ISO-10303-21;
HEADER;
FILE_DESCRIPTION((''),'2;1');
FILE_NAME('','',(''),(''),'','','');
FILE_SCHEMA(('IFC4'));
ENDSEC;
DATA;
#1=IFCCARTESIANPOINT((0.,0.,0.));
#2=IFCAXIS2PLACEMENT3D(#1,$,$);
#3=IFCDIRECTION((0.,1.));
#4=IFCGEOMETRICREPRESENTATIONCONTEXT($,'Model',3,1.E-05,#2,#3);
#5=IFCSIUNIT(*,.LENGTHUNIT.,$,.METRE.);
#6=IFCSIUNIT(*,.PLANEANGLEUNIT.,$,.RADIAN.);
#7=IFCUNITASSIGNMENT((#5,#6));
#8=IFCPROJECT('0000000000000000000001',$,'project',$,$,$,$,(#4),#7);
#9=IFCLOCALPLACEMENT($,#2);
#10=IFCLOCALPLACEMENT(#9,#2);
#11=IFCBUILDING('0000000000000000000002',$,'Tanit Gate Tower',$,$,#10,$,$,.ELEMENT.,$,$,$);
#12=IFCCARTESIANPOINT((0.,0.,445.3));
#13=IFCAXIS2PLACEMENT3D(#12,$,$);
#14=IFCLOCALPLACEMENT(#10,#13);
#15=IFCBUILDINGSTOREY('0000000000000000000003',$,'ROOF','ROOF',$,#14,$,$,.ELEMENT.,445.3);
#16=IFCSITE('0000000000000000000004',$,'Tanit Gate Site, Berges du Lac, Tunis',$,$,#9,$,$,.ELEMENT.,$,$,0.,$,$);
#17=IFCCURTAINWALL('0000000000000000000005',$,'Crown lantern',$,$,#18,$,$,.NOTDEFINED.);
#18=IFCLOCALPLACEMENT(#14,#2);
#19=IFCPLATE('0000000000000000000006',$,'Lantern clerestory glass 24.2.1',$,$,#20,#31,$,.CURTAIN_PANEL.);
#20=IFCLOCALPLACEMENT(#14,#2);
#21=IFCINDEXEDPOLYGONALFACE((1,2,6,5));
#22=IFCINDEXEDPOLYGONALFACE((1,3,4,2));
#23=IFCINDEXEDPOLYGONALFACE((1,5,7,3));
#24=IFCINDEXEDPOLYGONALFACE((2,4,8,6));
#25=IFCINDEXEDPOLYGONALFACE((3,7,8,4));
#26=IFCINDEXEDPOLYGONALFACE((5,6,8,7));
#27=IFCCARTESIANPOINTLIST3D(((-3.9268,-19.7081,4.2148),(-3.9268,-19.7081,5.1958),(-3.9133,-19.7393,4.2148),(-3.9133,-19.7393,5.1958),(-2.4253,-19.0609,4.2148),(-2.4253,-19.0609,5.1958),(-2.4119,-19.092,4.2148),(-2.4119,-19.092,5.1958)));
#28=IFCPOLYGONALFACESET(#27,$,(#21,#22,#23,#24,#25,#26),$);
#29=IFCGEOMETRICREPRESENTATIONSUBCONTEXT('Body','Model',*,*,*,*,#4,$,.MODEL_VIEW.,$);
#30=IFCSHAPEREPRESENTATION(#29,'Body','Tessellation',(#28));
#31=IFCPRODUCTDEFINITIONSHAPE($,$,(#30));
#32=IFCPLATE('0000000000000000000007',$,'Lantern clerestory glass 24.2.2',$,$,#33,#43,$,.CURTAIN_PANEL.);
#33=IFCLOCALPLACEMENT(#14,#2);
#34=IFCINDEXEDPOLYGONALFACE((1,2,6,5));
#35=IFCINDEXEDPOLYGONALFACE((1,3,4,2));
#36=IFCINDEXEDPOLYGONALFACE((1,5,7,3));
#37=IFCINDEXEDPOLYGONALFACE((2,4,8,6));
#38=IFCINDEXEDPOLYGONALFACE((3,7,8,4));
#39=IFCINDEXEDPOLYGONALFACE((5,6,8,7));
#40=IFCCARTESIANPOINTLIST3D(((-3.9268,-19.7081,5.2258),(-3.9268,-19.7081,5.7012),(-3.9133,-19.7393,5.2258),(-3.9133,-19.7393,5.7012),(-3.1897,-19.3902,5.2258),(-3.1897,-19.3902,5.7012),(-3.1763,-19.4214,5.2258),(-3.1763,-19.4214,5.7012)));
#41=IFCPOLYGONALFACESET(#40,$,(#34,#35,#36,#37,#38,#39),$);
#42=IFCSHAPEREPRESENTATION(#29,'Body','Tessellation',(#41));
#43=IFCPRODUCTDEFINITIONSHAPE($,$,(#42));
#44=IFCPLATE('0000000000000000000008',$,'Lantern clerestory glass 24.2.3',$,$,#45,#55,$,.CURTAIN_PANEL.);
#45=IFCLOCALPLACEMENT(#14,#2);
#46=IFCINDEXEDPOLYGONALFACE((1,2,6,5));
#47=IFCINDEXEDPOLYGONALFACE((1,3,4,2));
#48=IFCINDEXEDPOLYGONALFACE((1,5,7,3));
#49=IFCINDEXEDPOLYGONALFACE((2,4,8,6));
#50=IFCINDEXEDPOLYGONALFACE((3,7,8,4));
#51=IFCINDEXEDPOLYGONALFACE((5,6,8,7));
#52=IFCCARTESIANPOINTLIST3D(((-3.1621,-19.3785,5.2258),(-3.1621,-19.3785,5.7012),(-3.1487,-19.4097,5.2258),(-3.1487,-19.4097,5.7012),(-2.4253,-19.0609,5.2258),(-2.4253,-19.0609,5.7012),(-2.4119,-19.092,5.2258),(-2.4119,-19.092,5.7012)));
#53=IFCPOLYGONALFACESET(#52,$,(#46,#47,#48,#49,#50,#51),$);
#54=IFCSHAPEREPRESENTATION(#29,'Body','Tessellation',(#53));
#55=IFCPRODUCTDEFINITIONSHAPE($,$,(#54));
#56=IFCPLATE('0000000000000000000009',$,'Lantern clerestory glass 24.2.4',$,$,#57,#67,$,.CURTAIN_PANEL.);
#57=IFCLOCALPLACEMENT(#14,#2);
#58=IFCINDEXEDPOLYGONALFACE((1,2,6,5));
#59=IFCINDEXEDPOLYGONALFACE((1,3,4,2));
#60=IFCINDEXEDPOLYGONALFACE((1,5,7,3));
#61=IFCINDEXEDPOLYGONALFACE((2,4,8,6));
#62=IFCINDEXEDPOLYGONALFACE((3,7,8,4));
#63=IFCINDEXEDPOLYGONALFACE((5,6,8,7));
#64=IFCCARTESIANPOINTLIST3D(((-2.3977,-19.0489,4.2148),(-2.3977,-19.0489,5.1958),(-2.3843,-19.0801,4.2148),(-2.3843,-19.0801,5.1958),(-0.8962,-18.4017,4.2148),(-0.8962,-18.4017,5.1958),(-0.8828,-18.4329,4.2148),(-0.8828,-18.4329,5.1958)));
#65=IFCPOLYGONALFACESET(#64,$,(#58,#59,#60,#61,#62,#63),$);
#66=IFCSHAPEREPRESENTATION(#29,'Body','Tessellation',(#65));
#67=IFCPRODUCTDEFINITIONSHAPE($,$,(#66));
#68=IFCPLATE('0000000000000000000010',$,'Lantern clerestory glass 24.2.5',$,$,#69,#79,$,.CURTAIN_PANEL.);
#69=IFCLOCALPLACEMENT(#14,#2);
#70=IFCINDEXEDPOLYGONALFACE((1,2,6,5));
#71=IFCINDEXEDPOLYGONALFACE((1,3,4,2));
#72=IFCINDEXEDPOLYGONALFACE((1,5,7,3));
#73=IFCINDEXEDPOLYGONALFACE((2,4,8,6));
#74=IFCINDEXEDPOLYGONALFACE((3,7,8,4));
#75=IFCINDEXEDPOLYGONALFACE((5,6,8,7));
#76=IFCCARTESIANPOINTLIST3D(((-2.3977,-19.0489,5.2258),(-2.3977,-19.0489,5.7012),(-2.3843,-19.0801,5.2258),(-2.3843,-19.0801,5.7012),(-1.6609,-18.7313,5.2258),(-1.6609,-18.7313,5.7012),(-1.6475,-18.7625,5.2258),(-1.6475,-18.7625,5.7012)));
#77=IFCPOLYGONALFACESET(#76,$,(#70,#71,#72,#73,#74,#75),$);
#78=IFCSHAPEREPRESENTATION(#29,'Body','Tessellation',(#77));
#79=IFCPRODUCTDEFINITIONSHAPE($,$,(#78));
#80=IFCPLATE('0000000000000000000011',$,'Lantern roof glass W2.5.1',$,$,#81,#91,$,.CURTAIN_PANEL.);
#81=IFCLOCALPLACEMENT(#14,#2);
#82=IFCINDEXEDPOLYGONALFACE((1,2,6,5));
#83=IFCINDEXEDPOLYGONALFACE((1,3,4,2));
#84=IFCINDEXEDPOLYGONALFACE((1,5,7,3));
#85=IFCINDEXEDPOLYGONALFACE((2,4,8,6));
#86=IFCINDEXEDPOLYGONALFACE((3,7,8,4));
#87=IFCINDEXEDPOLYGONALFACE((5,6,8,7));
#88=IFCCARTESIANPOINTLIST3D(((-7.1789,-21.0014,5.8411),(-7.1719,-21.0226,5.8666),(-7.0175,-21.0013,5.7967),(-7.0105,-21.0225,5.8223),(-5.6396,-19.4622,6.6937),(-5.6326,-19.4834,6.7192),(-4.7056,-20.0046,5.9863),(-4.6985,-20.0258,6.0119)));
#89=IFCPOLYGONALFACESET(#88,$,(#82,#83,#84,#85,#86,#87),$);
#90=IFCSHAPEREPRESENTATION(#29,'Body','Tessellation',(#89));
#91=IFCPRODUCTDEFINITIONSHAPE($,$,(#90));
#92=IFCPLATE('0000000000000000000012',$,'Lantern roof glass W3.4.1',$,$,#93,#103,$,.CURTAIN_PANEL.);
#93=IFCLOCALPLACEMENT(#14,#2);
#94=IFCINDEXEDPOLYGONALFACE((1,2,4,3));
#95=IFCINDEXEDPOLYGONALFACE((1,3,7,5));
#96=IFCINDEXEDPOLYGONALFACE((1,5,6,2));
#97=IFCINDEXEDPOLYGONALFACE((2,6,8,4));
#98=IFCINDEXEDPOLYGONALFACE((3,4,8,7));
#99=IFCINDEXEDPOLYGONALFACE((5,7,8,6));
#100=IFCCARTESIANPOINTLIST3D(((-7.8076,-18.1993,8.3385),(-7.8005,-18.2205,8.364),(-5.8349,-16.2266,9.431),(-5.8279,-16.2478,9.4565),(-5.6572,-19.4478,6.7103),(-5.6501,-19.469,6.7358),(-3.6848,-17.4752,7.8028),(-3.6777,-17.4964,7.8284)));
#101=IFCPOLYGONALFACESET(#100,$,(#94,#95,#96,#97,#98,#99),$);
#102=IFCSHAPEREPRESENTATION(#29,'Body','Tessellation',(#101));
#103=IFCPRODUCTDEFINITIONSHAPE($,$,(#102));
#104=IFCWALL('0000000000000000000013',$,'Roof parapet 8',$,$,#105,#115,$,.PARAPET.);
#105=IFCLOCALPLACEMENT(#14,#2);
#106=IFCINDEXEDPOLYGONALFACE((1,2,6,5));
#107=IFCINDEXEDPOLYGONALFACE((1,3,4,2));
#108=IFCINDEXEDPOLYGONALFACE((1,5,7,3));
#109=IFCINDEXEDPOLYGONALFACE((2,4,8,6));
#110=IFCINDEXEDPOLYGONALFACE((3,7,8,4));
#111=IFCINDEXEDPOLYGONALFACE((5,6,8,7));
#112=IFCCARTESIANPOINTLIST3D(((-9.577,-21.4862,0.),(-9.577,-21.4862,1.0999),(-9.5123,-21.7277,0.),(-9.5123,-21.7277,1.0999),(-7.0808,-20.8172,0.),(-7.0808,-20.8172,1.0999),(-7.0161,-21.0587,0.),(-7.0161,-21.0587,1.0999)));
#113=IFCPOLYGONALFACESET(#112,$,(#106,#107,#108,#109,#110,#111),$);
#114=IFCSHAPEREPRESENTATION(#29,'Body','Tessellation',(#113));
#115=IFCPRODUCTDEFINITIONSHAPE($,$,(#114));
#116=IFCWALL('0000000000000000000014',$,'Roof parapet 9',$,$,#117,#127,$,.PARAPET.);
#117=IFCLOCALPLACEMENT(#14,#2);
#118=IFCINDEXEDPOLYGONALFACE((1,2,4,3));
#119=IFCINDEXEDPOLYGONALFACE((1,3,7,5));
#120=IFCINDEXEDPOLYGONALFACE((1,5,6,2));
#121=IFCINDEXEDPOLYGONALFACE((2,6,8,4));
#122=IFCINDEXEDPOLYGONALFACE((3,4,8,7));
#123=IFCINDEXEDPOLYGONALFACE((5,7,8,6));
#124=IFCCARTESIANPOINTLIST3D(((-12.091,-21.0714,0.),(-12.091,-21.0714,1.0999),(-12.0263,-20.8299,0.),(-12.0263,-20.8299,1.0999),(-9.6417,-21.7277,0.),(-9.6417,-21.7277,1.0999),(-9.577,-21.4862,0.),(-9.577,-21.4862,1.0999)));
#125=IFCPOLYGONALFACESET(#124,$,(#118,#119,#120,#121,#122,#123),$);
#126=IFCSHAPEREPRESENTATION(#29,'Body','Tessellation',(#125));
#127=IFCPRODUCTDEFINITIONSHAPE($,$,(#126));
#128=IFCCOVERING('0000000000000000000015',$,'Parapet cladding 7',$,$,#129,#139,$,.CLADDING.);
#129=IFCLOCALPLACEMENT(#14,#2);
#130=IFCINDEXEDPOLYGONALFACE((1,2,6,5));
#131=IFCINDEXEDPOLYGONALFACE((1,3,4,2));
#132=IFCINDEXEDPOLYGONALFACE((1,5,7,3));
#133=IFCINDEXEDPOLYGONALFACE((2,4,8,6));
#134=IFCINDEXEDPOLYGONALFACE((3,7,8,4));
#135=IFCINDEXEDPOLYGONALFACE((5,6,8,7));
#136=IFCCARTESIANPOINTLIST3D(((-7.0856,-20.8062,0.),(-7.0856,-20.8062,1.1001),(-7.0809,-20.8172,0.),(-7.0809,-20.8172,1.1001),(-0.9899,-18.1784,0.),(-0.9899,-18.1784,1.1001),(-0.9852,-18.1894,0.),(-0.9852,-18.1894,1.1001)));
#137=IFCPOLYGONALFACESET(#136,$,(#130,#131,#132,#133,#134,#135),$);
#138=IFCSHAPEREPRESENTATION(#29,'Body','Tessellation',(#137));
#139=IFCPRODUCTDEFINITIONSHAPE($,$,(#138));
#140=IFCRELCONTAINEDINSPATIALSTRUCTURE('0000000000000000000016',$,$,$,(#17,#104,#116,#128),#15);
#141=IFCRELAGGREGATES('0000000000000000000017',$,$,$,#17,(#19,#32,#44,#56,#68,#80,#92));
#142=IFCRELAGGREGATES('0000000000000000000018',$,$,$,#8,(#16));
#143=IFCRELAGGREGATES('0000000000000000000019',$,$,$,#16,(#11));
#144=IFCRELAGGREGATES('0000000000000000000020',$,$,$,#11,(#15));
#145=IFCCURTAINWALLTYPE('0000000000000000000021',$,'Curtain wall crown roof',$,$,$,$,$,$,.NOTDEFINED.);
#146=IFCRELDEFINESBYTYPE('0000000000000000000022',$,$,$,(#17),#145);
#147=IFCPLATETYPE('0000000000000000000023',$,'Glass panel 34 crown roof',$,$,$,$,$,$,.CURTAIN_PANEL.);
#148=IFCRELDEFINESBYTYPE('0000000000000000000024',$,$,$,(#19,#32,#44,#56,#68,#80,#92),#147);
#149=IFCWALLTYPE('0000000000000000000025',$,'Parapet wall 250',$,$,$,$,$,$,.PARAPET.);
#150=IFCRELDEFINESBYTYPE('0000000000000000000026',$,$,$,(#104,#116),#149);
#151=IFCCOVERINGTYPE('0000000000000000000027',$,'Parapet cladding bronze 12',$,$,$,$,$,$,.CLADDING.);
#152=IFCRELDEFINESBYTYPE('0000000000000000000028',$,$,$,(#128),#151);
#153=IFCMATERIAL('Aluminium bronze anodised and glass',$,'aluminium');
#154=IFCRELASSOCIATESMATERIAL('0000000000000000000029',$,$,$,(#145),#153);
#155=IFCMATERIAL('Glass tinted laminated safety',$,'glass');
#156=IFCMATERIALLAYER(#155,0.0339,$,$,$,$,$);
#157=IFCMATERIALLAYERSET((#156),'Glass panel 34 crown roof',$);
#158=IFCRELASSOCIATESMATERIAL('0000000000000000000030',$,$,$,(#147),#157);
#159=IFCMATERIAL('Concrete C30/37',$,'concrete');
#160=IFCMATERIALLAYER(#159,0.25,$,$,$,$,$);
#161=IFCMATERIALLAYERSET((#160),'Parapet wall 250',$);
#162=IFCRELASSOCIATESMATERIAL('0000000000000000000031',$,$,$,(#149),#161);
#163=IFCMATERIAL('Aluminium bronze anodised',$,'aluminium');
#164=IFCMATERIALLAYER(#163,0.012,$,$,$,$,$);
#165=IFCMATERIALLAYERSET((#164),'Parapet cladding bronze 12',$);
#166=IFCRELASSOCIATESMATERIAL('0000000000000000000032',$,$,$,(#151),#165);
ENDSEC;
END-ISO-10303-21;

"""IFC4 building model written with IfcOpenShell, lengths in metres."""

from ifc_helpers import new_model, si_unit, direction, frame, frame_2d, origin, origin_2d, place, context, subcontext, project, spatial, polyline, rectangle, outline, extrude, material, layer, layer_set, type_object, element, aggregate, save


model = new_model("IFC4")

# Units and contexts
model_context = context("Model", 3, precision=1e-05, world=origin(), true_north=direction((0.0, 1.0)))
body_context = subcontext(model_context, "Body", "Model", "MODEL_VIEW")
ifc_project = project(units=[si_unit("LENGTHUNIT", "METRE"), si_unit("PLANEANGLEUNIT", "RADIAN")], contexts=[model_context])

# Site, building, storey
site_placement = place(None, origin())
site = spatial("IfcSite", under=ifc_project, at=site_placement, Name="Tanit Gate Site, Berges du Lac, Tunis", CompositionType="ELEMENT", RefElevation=0.0)
building_placement = place(site_placement, origin())
building = spatial("IfcBuilding", under=site, at=building_placement, Name="Tanit Gate Tower", CompositionType="ELEMENT")
storey_placement = place(building_placement, frame((0.0, 0.0, 445.3)))
storey = spatial("IfcBuildingStorey", under=building, at=storey_placement, Name="ROOF", Description="ROOF", CompositionType="ELEMENT", Elevation=445.3)

# Curtain wall, plates
ifc_material_1 = material(Name="Aluminium bronze anodised and glass", Category="aluminium")
curtain_wall_type = type_object("IfcCurtainWallType", Name="Curtain wall crown roof", PredefinedType="NOTDEFINED", material=ifc_material_1)
curtain_wall_placement = place(storey_placement, origin())
curtain_wall = element("IfcCurtainWall", 1, at=curtain_wall_placement, inside=storey, type_object=curtain_wall_type, Name="Crown lantern", PredefinedType="NOTDEFINED")
ifc_material_2 = material(Name="Glass tinted laminated safety", Category="glass")
ifc_layer_1 = layer(ifc_material_2, 0.0339)
ifc_layer_set_1 = layer_set([ifc_layer_1], Name="Glass panel 34 crown roof")
plate_type = type_object("IfcPlateType", Name="Glass panel 34 crown roof", PredefinedType="CURTAIN_PANEL", material=ifc_layer_set_1)
plate_1_placement = place(storey_placement, frame((-3.9133, -19.7393, 4.2148), z_axis=(0.395847, -0.918317, 0.0), x_axis=(0.918317, 0.395847, 0.0)))
plate_1 = element("IfcPlate", 2, at=plate_1_placement, type_object=plate_type, Name="Lantern clerestory glass 24.2.1", PredefinedType="CURTAIN_PANEL", context=body_context, shape_type="SweptSolid", body=[
    extrude(outline(polyline([(0.0, 0.0), (1.635, 0.0), (1.635, 0.981), (0.0, 0.981), (0.0, 0.0)])), origin(), (0.0, 0.0, -1.0), 0.0339),
])
plate_2_placement = place(storey_placement, frame((-3.9133, -19.7393, 5.2258), z_axis=(0.396011, -0.918246, 0.0), x_axis=(0.918246, 0.396011, 0.0)))
plate_2 = element("IfcPlate", 3, at=plate_2_placement, type_object=plate_type, Name="Lantern clerestory glass 24.2.2", PredefinedType="CURTAIN_PANEL", context=body_context, shape_type="SweptSolid", body=[
    extrude(outline(polyline([(0.0, 0.0), (0.8027, 0.0), (0.8027, 0.4753), (0.0, 0.4753), (0.0, 0.0)])), origin(), (0.0, 0.0, -1.0), 0.0339),
])
plate_3_placement = place(storey_placement, frame((-3.1487, -19.4097, 5.2258), z_axis=(0.395865, -0.918309, 0.0), x_axis=(0.918309, 0.395865, 0.0)))
plate_3 = element("IfcPlate", 4, at=plate_3_placement, type_object=plate_type, Name="Lantern clerestory glass 24.2.3", PredefinedType="CURTAIN_PANEL", context=body_context, shape_type="SweptSolid", body=[
    extrude(outline(polyline([(0.0, 0.0), (0.8024, 0.0), (0.8024, 0.4753), (0.0, 0.4753), (0.0, 0.0)])), origin(), (0.0, 0.0, -1.0), 0.0339),
])
plate_4_placement = place(storey_placement, frame((-2.3843, -19.0801, 4.2148), z_axis=(0.395847, -0.918317, 0.0), x_axis=(0.918317, 0.395847, 0.0)))
plate_4 = element("IfcPlate", 5, at=plate_4_placement, type_object=plate_type, Name="Lantern clerestory glass 24.2.4", PredefinedType="CURTAIN_PANEL", context=body_context, shape_type="SweptSolid", body=[
    extrude(outline(polyline([(0.0, 0.0), (1.635, 0.0), (1.635, 0.981), (0.0, 0.981), (0.0, 0.0)])), origin(), (0.0, 0.0, -1.0), 0.0339),
])
plate_5_placement = place(storey_placement, frame((-2.3843, -19.0801, 5.2258), z_axis=(0.395865, -0.918309, 0.0), x_axis=(0.918309, 0.395865, 0.0)))
plate_5 = element("IfcPlate", 6, at=plate_5_placement, type_object=plate_type, Name="Lantern clerestory glass 24.2.5", PredefinedType="CURTAIN_PANEL", context=body_context, shape_type="SweptSolid", body=[
    extrude(outline(polyline([(0.0, 0.0), (0.8024, 0.0), (0.8024, 0.4753), (0.0, 0.4753), (0.0, 0.0)])), origin(), (0.0, 0.0, -1.0), 0.0339),
])
plate_6_placement = place(storey_placement, frame((-5.6326, -19.4834, 6.7192), z_axis=(0.207494, -0.624566, 0.752903), x_axis=(-0.658426, -0.658383, -0.3647)))
plate_6 = element("IfcPlate", 7, at=plate_6_placement, type_object=plate_type, Name="Lantern roof glass W2.5.1", PredefinedType="CURTAIN_PANEL", context=body_context, shape_type="SweptSolid", body=[
    extrude(outline(polyline([(0.0, 0.0), (2.3379, 0.0), (2.2477, 0.141), (0.0001, 1.2911), (0.0, 0.0)])), origin(), (0.0, 0.0, -1.0), 0.0339),
])
plate_7_placement = place(storey_placement, frame((-5.6501, -19.469, 6.7358), z_axis=(0.207512, -0.624508, 0.752946), x_axis=(0.658373, 0.658447, 0.364681)))
plate_7 = element("IfcPlate", 8, at=plate_7_placement, type_object=plate_type, Name="Lantern roof glass W3.4.1", PredefinedType="CURTAIN_PANEL", context=body_context, shape_type="SweptSolid", body=[
    extrude(outline(polyline([(0.0, 0.0), (2.9959, 0.0), (2.9962, 2.972), (0.0001, 2.9722), (0.0, 0.0)])), origin(), (0.0, 0.0, -1.0), 0.0339),
])
aggregate(curtain_wall, [plate_1, plate_2, plate_3, plate_4, plate_5, plate_6, plate_7])

# Walls
ifc_material_3 = material(Name="Concrete C30/37", Category="concrete")
ifc_layer_2 = layer(ifc_material_3, 0.25)
ifc_layer_set_2 = layer_set([ifc_layer_2], Name="Parapet wall 250")
wall_type = type_object("IfcWallType", Name="Parapet wall 250", PredefinedType="PARAPET", material=ifc_layer_set_2)
wall_1_placement = place(storey_placement, frame((-7.0486, -20.938, 0.0), z_axis=(0.0, 0.0, 1.0), x_axis=(-0.965914, -0.258862, 0.0)))
element("IfcWall", 9, at=wall_1_placement, inside=storey, type_object=wall_type, Name="Roof parapet 8", PredefinedType="PARAPET", context=body_context, shape_type="SweptSolid", body=[
    extrude(rectangle(XDim=2.5842, YDim=0.25, at=frame_2d((1.292, 0.0))), origin(), (0.0, 0.0, 1.0), 1.0999),
])
wall_2_placement = place(storey_placement, frame((-9.6094, -21.6069, 0.0), z_axis=(0.0, 0.0, 1.0), x_axis=(-0.965927, 0.258813, 0.0)))
element("IfcWall", 10, at=wall_2_placement, inside=storey, type_object=wall_type, Name="Roof parapet 9", PredefinedType="PARAPET", context=body_context, shape_type="SweptSolid", body=[
    extrude(rectangle(XDim=2.5356, YDim=0.25, at=frame_2d((1.2678, 0.0))), origin(), (0.0, 0.0, 1.0), 1.0999),
])

# Covering
ifc_material_4 = material(Name="Aluminium bronze anodised", Category="aluminium")
ifc_layer_3 = layer(ifc_material_4, 0.012)
ifc_layer_set_3 = layer_set([ifc_layer_3], Name="Parapet cladding bronze 12")
covering_type = type_object("IfcCoveringType", Name="Parapet cladding bronze 12", PredefinedType="CLADDING", material=ifc_layer_set_3)
covering_placement = place(storey_placement, frame((-4.0354, -19.4978, 0.0), z_axis=(0.0, 0.0, 1.0), x_axis=(-0.918306, -0.395871, 0.0)))
element("IfcCovering", 11, at=covering_placement, inside=storey, type_object=covering_type, Name="Parapet cladding 7", PredefinedType="CLADDING", context=body_context, shape_type="SweptSolid", body=[
    extrude(rectangle(XDim=6.6379, YDim=0.012, at=origin_2d()), origin(), (0.0, 0.0, 1.0), 1.1001),
])

save(model, "model.ifc")
